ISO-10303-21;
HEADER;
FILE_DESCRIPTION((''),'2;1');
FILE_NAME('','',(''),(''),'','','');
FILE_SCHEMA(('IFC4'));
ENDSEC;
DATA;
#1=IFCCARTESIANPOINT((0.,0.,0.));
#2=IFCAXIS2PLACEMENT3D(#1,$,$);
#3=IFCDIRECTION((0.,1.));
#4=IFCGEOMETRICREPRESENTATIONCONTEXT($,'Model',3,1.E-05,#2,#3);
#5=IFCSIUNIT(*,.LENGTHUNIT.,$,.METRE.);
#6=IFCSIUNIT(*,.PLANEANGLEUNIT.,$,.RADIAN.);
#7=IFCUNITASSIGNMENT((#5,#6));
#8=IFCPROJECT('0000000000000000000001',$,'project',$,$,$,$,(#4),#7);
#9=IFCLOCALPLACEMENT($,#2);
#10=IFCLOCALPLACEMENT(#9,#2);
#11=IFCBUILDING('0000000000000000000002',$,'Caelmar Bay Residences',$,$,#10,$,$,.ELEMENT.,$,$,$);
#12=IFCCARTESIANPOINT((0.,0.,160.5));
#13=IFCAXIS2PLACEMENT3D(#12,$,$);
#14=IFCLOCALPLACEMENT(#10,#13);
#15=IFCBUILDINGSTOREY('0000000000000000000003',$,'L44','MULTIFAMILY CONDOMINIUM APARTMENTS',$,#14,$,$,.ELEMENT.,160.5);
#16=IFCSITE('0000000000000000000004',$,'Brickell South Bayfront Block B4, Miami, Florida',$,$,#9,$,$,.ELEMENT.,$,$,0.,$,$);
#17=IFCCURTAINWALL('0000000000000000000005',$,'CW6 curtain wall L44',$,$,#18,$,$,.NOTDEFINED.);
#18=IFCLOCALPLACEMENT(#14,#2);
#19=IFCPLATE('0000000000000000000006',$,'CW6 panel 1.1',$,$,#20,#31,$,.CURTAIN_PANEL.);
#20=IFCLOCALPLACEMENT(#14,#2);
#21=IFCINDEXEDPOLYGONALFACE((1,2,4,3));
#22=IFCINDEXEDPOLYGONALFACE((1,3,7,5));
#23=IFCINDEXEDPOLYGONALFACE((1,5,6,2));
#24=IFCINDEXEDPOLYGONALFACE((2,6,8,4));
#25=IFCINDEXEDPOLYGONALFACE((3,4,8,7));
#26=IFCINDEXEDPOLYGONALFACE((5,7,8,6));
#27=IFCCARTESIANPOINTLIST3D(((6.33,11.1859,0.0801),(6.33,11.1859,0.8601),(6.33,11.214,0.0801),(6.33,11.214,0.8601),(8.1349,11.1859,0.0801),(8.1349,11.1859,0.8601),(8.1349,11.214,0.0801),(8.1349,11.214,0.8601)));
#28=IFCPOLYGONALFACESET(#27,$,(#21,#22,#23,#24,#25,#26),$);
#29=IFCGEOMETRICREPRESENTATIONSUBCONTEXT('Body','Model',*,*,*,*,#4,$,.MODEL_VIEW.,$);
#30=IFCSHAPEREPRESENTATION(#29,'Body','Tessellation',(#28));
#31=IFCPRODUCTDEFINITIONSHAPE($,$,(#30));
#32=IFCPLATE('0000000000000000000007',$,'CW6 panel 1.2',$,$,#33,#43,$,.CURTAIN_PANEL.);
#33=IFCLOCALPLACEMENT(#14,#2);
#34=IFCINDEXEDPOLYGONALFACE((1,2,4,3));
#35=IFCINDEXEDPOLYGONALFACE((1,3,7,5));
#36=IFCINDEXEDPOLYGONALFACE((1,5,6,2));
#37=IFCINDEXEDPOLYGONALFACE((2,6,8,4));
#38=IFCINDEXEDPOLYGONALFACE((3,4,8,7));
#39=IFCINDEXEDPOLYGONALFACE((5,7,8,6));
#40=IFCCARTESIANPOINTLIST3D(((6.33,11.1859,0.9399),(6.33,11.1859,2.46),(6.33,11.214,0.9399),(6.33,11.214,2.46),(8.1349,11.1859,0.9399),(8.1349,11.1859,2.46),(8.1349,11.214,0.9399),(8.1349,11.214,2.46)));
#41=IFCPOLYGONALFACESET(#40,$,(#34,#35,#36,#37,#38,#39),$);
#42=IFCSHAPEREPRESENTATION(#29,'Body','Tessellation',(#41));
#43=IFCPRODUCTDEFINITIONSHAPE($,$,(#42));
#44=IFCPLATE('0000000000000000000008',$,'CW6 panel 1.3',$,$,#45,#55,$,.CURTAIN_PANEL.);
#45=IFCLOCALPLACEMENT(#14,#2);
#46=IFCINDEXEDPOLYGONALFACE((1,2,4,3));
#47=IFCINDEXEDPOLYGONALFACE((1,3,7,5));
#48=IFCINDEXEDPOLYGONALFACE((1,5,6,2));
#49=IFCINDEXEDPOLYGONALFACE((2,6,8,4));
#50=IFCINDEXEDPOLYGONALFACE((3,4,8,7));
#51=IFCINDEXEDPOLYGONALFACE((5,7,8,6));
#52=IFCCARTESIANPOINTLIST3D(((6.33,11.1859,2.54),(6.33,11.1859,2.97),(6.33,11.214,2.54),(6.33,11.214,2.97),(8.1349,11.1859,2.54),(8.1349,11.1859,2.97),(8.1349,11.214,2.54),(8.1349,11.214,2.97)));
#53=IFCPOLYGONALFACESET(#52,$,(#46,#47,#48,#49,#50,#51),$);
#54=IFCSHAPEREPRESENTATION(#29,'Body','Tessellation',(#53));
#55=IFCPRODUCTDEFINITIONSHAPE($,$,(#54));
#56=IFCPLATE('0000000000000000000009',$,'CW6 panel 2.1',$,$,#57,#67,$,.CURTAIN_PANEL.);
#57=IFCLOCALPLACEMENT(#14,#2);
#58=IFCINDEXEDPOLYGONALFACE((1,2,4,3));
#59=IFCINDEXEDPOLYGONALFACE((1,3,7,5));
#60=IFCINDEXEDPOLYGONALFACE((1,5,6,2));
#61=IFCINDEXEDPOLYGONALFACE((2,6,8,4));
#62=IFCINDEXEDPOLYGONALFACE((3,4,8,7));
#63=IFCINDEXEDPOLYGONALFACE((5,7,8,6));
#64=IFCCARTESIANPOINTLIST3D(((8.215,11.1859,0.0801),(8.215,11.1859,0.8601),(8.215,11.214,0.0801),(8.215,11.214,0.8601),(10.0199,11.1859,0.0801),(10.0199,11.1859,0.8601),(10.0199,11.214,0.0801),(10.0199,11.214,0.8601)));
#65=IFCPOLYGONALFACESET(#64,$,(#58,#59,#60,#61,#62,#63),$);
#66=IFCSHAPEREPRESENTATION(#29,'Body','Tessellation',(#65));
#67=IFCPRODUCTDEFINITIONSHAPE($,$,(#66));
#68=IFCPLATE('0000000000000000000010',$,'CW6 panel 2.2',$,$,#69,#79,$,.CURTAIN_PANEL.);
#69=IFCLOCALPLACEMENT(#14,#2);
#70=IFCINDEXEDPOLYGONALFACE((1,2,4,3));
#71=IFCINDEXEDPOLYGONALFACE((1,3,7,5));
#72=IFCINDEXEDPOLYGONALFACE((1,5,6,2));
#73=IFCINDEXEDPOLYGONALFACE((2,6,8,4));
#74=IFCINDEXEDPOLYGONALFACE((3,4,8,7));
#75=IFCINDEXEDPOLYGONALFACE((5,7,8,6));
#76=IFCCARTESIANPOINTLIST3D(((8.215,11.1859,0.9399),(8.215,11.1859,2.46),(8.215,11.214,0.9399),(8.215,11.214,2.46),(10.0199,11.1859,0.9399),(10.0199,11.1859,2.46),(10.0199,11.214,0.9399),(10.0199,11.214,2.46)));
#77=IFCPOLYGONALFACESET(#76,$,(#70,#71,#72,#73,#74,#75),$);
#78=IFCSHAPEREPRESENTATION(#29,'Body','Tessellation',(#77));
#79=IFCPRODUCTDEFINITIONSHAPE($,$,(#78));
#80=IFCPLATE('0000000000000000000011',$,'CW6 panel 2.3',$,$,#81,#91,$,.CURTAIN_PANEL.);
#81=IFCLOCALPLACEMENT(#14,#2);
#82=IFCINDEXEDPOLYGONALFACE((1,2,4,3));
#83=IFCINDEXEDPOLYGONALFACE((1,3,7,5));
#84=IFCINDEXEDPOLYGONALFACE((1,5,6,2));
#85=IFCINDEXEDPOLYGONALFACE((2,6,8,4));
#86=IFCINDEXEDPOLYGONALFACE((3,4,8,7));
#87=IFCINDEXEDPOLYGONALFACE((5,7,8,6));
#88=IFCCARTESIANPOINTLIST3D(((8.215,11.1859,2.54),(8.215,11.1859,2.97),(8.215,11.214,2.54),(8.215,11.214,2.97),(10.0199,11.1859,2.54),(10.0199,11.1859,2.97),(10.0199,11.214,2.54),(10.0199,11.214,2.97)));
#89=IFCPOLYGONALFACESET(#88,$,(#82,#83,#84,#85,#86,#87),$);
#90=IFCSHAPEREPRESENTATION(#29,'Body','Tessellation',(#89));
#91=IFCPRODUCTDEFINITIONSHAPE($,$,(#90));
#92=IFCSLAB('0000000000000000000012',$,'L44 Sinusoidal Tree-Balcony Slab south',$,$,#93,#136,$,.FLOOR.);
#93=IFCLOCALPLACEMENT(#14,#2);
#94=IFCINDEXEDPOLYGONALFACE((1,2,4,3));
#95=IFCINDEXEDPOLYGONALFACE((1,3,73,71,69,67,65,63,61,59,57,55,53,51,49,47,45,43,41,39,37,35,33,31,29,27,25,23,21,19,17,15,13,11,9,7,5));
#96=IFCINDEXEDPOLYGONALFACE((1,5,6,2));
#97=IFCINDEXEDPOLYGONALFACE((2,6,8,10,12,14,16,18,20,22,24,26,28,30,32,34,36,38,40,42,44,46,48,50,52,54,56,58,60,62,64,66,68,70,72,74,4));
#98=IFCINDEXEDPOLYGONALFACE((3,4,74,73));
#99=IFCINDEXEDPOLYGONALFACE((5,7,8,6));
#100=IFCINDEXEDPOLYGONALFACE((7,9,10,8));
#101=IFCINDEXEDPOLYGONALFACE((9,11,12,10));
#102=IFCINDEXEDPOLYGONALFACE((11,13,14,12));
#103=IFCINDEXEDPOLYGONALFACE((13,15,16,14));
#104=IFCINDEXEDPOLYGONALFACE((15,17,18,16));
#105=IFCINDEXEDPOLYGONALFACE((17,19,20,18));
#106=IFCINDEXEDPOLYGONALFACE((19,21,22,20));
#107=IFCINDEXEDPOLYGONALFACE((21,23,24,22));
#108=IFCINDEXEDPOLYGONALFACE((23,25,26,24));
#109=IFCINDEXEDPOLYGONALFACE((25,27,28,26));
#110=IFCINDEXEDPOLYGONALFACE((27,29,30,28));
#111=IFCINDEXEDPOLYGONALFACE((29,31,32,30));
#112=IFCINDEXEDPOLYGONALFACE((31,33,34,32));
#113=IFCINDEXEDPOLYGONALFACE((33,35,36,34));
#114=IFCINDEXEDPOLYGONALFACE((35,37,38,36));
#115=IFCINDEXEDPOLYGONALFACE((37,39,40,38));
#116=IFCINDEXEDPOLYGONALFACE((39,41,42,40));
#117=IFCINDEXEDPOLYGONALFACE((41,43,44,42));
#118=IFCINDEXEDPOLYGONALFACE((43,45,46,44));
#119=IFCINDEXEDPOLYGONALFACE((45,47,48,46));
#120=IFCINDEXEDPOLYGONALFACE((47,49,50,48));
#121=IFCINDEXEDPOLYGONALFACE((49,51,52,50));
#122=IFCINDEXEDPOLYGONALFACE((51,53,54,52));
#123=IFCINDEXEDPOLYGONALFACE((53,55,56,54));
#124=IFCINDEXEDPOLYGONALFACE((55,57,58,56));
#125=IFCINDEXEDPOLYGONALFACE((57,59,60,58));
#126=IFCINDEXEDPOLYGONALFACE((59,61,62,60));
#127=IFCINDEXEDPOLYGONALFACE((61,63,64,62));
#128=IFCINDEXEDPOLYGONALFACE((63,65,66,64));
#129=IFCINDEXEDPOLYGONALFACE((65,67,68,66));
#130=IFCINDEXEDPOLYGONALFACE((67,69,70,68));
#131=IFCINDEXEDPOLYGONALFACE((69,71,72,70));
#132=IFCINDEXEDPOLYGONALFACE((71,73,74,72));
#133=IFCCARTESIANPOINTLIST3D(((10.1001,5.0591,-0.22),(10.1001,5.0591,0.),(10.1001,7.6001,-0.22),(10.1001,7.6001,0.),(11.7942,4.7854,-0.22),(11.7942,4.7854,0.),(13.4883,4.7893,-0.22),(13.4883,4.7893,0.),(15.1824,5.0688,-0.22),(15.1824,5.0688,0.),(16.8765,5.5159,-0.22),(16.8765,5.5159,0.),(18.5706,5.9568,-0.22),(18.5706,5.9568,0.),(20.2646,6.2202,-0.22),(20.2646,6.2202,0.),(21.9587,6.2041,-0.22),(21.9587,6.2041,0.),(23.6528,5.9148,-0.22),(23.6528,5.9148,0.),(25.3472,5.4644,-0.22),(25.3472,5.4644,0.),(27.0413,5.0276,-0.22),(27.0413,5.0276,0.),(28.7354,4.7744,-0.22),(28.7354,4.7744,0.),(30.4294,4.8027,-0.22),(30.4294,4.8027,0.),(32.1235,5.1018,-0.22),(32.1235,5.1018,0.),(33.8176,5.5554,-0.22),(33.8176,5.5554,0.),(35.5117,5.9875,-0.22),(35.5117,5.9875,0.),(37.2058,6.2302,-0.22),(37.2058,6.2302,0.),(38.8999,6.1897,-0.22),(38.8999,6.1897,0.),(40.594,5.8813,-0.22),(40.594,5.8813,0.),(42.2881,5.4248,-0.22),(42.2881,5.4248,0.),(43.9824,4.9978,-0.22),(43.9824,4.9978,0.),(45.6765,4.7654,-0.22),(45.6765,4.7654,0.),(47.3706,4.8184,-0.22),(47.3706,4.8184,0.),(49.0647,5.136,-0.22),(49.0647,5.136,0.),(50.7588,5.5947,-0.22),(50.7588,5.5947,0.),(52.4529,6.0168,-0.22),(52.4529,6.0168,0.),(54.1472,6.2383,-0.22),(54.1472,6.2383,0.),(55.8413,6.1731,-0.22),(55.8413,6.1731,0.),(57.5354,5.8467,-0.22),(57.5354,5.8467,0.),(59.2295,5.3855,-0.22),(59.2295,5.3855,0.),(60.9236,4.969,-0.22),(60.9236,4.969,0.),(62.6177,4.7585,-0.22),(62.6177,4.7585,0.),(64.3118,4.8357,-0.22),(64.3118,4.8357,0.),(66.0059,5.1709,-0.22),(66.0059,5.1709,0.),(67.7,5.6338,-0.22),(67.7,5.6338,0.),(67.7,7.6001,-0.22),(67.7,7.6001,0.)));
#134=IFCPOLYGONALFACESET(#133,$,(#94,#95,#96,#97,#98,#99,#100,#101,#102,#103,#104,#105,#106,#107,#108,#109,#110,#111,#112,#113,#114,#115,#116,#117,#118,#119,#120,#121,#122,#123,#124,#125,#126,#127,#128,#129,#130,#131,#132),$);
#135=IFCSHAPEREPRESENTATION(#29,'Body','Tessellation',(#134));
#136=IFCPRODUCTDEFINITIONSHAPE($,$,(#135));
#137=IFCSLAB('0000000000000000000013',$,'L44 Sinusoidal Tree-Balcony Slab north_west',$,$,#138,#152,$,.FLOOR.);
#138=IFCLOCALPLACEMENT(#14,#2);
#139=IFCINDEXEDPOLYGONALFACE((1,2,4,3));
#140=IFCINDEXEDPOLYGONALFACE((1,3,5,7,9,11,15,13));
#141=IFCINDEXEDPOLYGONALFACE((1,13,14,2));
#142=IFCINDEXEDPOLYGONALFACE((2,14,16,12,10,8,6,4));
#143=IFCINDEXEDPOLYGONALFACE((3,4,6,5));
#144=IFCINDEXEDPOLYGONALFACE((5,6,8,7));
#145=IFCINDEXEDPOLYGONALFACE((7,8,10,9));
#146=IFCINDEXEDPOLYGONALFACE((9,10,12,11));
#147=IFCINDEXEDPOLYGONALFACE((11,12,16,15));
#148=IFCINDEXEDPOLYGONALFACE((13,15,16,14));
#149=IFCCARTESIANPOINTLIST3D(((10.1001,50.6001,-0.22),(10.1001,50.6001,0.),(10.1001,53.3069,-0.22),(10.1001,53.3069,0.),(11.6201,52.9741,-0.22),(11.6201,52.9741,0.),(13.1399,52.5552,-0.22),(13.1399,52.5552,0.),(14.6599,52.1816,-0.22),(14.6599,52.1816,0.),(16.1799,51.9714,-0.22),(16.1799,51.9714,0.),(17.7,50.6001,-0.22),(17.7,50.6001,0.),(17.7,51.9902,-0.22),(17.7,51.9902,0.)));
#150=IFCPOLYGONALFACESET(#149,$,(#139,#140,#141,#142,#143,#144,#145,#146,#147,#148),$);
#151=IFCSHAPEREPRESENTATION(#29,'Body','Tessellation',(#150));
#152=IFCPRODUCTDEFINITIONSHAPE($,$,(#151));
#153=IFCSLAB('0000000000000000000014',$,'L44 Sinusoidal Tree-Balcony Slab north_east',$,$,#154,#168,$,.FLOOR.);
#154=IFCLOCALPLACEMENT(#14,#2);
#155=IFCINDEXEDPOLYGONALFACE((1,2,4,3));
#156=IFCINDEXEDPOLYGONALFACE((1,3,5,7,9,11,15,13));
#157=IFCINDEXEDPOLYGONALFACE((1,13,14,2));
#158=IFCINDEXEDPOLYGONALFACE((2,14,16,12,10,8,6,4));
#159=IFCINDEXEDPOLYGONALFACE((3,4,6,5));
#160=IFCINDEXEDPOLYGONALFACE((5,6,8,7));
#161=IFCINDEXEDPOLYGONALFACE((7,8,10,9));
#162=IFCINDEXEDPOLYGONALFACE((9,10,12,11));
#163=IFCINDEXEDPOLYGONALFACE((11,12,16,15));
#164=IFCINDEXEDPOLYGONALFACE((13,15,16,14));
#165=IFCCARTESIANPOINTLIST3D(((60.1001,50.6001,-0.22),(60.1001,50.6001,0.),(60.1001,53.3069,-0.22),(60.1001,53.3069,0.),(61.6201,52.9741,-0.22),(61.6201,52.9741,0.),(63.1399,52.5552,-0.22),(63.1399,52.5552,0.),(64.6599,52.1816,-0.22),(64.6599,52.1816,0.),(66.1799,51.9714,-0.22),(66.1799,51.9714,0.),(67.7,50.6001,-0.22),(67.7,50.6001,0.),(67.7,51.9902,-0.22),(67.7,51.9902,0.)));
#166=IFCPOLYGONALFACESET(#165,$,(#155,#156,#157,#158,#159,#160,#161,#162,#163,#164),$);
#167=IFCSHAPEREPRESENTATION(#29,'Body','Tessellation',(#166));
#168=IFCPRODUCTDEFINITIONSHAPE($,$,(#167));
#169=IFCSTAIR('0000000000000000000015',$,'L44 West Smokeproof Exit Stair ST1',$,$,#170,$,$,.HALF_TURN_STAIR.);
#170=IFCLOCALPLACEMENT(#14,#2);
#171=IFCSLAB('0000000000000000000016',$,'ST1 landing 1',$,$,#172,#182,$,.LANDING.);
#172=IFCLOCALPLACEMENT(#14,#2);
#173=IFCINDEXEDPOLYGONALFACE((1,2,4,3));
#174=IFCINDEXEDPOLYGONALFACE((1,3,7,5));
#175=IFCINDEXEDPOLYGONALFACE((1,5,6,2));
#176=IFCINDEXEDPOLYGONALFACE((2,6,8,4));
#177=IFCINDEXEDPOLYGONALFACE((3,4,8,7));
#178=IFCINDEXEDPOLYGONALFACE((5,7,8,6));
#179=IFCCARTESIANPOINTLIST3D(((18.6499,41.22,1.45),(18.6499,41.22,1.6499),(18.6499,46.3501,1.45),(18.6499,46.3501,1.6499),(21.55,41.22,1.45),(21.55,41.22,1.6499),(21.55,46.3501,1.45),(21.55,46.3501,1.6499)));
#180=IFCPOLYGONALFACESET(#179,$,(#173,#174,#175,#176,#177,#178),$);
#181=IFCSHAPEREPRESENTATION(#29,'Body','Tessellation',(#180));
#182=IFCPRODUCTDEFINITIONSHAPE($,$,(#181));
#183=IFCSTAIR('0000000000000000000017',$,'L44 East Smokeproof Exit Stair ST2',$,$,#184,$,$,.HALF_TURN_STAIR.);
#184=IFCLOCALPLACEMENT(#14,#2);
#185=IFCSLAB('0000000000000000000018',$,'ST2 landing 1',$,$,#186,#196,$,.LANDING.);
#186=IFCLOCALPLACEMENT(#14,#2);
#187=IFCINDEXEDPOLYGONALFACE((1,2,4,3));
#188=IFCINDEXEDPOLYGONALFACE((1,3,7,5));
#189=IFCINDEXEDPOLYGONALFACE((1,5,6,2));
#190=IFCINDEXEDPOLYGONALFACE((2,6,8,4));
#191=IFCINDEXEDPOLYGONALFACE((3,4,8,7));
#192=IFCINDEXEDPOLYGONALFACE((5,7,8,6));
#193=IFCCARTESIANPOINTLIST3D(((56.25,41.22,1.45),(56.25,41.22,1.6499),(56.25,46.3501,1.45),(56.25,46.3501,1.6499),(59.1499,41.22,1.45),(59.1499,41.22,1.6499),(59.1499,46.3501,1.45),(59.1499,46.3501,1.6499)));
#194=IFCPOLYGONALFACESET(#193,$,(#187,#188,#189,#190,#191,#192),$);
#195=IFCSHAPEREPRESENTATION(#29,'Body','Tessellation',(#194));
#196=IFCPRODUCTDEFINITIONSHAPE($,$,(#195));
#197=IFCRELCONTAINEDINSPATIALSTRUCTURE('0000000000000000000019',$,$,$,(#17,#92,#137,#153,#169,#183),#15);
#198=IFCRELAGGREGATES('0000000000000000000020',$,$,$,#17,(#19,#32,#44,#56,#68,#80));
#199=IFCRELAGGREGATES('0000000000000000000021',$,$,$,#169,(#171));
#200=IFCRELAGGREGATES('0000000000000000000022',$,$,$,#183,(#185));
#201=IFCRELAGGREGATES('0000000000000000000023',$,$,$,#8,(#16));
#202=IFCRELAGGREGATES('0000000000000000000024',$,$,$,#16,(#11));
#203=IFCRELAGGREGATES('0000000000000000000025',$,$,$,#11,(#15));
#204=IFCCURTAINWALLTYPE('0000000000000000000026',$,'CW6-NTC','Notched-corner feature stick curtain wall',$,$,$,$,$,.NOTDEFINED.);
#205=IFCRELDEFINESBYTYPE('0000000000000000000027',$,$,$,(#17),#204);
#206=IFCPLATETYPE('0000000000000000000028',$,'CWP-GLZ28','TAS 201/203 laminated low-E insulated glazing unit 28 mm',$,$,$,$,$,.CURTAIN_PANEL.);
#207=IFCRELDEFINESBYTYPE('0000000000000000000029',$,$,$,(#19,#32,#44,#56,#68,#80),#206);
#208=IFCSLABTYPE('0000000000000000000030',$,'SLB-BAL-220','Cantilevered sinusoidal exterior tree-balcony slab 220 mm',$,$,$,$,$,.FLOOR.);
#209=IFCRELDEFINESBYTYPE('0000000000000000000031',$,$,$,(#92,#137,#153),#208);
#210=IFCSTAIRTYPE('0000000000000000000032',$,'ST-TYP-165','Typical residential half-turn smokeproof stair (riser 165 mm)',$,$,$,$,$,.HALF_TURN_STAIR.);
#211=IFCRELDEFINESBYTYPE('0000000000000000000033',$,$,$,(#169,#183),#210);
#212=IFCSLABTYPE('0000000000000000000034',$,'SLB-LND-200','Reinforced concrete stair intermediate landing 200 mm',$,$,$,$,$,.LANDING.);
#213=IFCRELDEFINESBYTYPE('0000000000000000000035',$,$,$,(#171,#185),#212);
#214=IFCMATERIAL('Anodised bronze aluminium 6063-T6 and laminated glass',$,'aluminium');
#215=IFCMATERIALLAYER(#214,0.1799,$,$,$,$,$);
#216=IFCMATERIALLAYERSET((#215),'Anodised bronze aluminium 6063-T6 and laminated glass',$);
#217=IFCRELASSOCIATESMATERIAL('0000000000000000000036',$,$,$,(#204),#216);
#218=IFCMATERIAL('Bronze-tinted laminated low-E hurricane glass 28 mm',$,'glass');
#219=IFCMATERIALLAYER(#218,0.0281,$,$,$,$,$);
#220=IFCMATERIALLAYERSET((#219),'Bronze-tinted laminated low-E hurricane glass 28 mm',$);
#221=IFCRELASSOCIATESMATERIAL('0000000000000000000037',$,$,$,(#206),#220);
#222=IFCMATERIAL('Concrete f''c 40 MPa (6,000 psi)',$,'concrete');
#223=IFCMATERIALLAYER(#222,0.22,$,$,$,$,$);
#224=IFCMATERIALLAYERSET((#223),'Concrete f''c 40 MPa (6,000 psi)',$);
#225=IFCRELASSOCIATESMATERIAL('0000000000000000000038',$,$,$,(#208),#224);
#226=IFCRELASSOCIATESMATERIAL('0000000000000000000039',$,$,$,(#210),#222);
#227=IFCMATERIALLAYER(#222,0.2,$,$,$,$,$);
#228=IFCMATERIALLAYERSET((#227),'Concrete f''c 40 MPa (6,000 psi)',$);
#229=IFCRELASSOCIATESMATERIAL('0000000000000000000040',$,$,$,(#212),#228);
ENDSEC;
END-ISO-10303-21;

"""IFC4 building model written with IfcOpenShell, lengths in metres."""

from ifc_helpers import new_model, si_unit, direction, frame, origin, origin_2d, place, context, subcontext, project, spatial, polyline, rectangle, outline, extrude, material, layer, layer_set, type_object, element, aggregate, save


model = new_model("IFC4")

# Units and contexts
model_context = context("Model", 3, precision=1e-05, world=origin(), true_north=direction((0.0, 1.0)))
body_context = subcontext(model_context, "Body", "Model", "MODEL_VIEW")
ifc_project = project(units=[si_unit("LENGTHUNIT", "METRE"), si_unit("PLANEANGLEUNIT", "RADIAN")], contexts=[model_context])

# Site, building, storey
site_placement = place(None, origin())
site = spatial("IfcSite", under=ifc_project, at=site_placement, Name="Brickell South Bayfront Block B4, Miami, Florida", CompositionType="ELEMENT", RefElevation=0.0)
building_placement = place(site_placement, origin())
building = spatial("IfcBuilding", under=site, at=building_placement, Name="Caelmar Bay Residences", CompositionType="ELEMENT")
storey_placement = place(building_placement, frame((0.0, 0.0, 160.5)))
storey = spatial("IfcBuildingStorey", under=building, at=storey_placement, Name="L44", Description="MULTIFAMILY CONDOMINIUM APARTMENTS", CompositionType="ELEMENT", Elevation=160.5)

# Curtain wall
ifc_material_1 = material(Name="Anodised bronze aluminium 6063-T6 and laminated glass", Category="aluminium")
ifc_layer_1 = layer(ifc_material_1, 0.1799)
ifc_layer_set_1 = layer_set([ifc_layer_1], Name="Anodised bronze aluminium 6063-T6 and laminated glass")
curtain_wall_type_1 = type_object("IfcCurtainWallType", Name="CW6-NTC", Description="Notched-corner feature stick curtain wall", PredefinedType="NOTDEFINED", material=ifc_layer_set_1)
curtain_wall_1_placement = place(storey_placement, origin())
curtain_wall_1 = element("IfcCurtainWall", 1, at=curtain_wall_1_placement, inside=storey, type_object=curtain_wall_type_1, Name="CW6 curtain wall L44", PredefinedType="NOTDEFINED")

# Plates
ifc_material_2 = material(Name="Bronze-tinted laminated low-E hurricane glass 28 mm", Category="glass")
ifc_layer_2 = layer(ifc_material_2, 0.0281)
ifc_layer_set_2 = layer_set([ifc_layer_2], Name="Bronze-tinted laminated low-E hurricane glass 28 mm")
plate_type = type_object("IfcPlateType", Name="CWP-GLZ28", Description="TAS 201/203 laminated low-E insulated glazing unit 28 mm", PredefinedType="CURTAIN_PANEL", material=ifc_layer_set_2)
plate_1_placement = place(storey_placement, frame((7.2324, 11.2, 0.0801), z_axis=(0.0, 0.0, 1.0), x_axis=(1.0, 0.0, 0.0)))
plate_1 = element("IfcPlate", 2, at=plate_1_placement, type_object=plate_type, Name="CW6 panel 1.1", PredefinedType="CURTAIN_PANEL", context=body_context, shape_type="SweptSolid", body=[
    extrude(rectangle(XDim=1.8049, YDim=0.0281, at=origin_2d()), origin(), (0.0, 0.0, 1.0), 0.78),
])
plate_2_placement = place(storey_placement, frame((7.2324, 11.2, 0.9399), z_axis=(0.0, 0.0, 1.0), x_axis=(1.0, 0.0, 0.0)))
plate_2 = element("IfcPlate", 3, at=plate_2_placement, type_object=plate_type, Name="CW6 panel 1.2", PredefinedType="CURTAIN_PANEL", context=body_context, shape_type="SweptSolid", body=[
    extrude(rectangle(XDim=1.8049, YDim=0.0281, at=origin_2d()), origin(), (0.0, 0.0, 1.0), 1.52),
])
plate_3_placement = place(storey_placement, frame((7.2324, 11.2, 2.54), z_axis=(0.0, 0.0, 1.0), x_axis=(1.0, 0.0, 0.0)))
plate_3 = element("IfcPlate", 4, at=plate_3_placement, type_object=plate_type, Name="CW6 panel 1.3", PredefinedType="CURTAIN_PANEL", context=body_context, shape_type="SweptSolid", body=[
    extrude(rectangle(XDim=1.8049, YDim=0.0281, at=origin_2d()), origin(), (0.0, 0.0, 1.0), 0.4299),
])
plate_4_placement = place(storey_placement, frame((9.1174, 11.2, 0.0801), z_axis=(0.0, 0.0, 1.0), x_axis=(1.0, 0.0, 0.0)))
plate_4 = element("IfcPlate", 5, at=plate_4_placement, type_object=plate_type, Name="CW6 panel 2.1", PredefinedType="CURTAIN_PANEL", context=body_context, shape_type="SweptSolid", body=[
    extrude(rectangle(XDim=1.8049, YDim=0.0281, at=origin_2d()), origin(), (0.0, 0.0, 1.0), 0.78),
])
plate_5_placement = place(storey_placement, frame((9.1174, 11.2, 0.9399), z_axis=(0.0, 0.0, 1.0), x_axis=(1.0, 0.0, 0.0)))
plate_5 = element("IfcPlate", 6, at=plate_5_placement, type_object=plate_type, Name="CW6 panel 2.2", PredefinedType="CURTAIN_PANEL", context=body_context, shape_type="SweptSolid", body=[
    extrude(rectangle(XDim=1.8049, YDim=0.0281, at=origin_2d()), origin(), (0.0, 0.0, 1.0), 1.52),
])
plate_6_placement = place(storey_placement, frame((9.1174, 11.2, 2.54), z_axis=(0.0, 0.0, 1.0), x_axis=(1.0, 0.0, 0.0)))
plate_6 = element("IfcPlate", 7, at=plate_6_placement, type_object=plate_type, Name="CW6 panel 2.3", PredefinedType="CURTAIN_PANEL", context=body_context, shape_type="SweptSolid", body=[
    extrude(rectangle(XDim=1.8049, YDim=0.0281, at=origin_2d()), origin(), (0.0, 0.0, 1.0), 0.4299),
])
aggregate(curtain_wall_1, [plate_1, plate_2, plate_3, plate_4, plate_5, plate_6])

# Slabs
ifc_material_3 = material(Name="Concrete f'c 40 MPa (6,000 psi)", Category="concrete")
ifc_layer_3 = layer(ifc_material_3, 0.22)
ifc_layer_set_3 = layer_set([ifc_layer_3], Name="Concrete f'c 40 MPa (6,000 psi)")
slab_type_1 = type_object("IfcSlabType", Name="SLB-BAL-220", Description="Cantilevered sinusoidal exterior tree-balcony slab 220 mm", PredefinedType="FLOOR", material=ifc_layer_set_3)
slab_1_placement = place(storey_placement, frame((0.0, 0.0, -0.22)))
element("IfcSlab", 8, at=slab_1_placement, inside=storey, type_object=slab_type_1, Name="L44 Sinusoidal Tree-Balcony Slab south", PredefinedType="FLOOR", context=body_context, shape_type="SweptSolid", body=[
    extrude(outline(polyline([(10.1001, 5.0591), (11.7942, 4.7854), (13.4883, 4.7893), (15.1824, 5.0688), (16.8765, 5.5159), (18.5706, 5.9568), (20.2646, 6.2202), (21.9587, 6.2041), (23.6528, 5.9148), (25.3472, 5.4644), (27.0413, 5.0276), (28.7354, 4.7744), (30.4294, 4.8027), (32.1235, 5.1018), (33.8176, 5.5554), (35.5117, 5.9875), (37.2058, 6.2302), (38.8999, 6.1897), (40.594, 5.8813), (42.2881, 5.4248), (43.9824, 4.9978), (45.6765, 4.7654), (47.3706, 4.8184), (49.0647, 5.136), (50.7588, 5.5947), (52.4529, 6.0168), (54.1472, 6.2383), (55.8413, 6.1731), (57.5354, 5.8467), (59.2295, 5.3855), (60.9236, 4.969), (62.6177, 4.7585), (64.3118, 4.8357), (66.0059, 5.1709), (67.7, 5.6338), (67.7, 7.6001), (10.1001, 7.6001), (10.1001, 5.0591)])), origin(), (0.0, 0.0, 1.0), 0.22),
])
slab_2_placement = place(storey_placement, frame((0.0, 0.0, -0.22)))
element("IfcSlab", 9, at=slab_2_placement, inside=storey, type_object=slab_type_1, Name="L44 Sinusoidal Tree-Balcony Slab north_west", PredefinedType="FLOOR", context=body_context, shape_type="SweptSolid", body=[
    extrude(outline(polyline([(10.1001, 50.6001), (17.7, 50.6001), (17.7, 51.9902), (16.1799, 51.9714), (14.6599, 52.1816), (13.1399, 52.5552), (11.6201, 52.9741), (10.1001, 53.3069), (10.1001, 50.6001)])), origin(), (0.0, 0.0, 1.0), 0.22),
])
slab_3_placement = place(storey_placement, frame((0.0, 0.0, -0.22)))
element("IfcSlab", 10, at=slab_3_placement, inside=storey, type_object=slab_type_1, Name="L44 Sinusoidal Tree-Balcony Slab north_east", PredefinedType="FLOOR", context=body_context, shape_type="SweptSolid", body=[
    extrude(outline(polyline([(60.1001, 50.6001), (67.7, 50.6001), (67.7, 51.9902), (66.1799, 51.9714), (64.6599, 52.1816), (63.1399, 52.5552), (61.6201, 52.9741), (60.1001, 53.3069), (60.1001, 50.6001)])), origin(), (0.0, 0.0, 1.0), 0.22),
])

# Stairs, slabs
stair_type = type_object("IfcStairType", Name="ST-TYP-165", Description="Typical residential half-turn smokeproof stair (riser 165 mm)", PredefinedType="HALF_TURN_STAIR", material=ifc_material_3)
stair_1_placement = place(storey_placement, origin())
stair_1 = element("IfcStair", 11, at=stair_1_placement, inside=storey, type_object=stair_type, Name="L44 West Smokeproof Exit Stair ST1", PredefinedType="HALF_TURN_STAIR")
ifc_layer_4 = layer(ifc_material_3, 0.2)
ifc_layer_set_4 = layer_set([ifc_layer_4], Name="Concrete f'c 40 MPa (6,000 psi)")
slab_type_2 = type_object("IfcSlabType", Name="SLB-LND-200", Description="Reinforced concrete stair intermediate landing 200 mm", PredefinedType="LANDING", material=ifc_layer_set_4)
slab_4_placement = place(storey_placement, frame((0.0, 0.0, 1.45)))
slab_4 = element("IfcSlab", 12, at=slab_4_placement, type_object=slab_type_2, Name="ST1 landing 1", PredefinedType="LANDING", context=body_context, shape_type="SweptSolid", body=[
    extrude(outline(polyline([(21.55, 41.22), (21.55, 46.3501), (18.6499, 46.3501), (18.6499, 41.22), (21.55, 41.22)])), origin(), (0.0, 0.0, 1.0), 0.2),
])
aggregate(stair_1, [slab_4])
stair_2_placement = place(storey_placement, origin())
stair_2 = element("IfcStair", 13, at=stair_2_placement, inside=storey, type_object=stair_type, Name="L44 East Smokeproof Exit Stair ST2", PredefinedType="HALF_TURN_STAIR")
slab_5_placement = place(storey_placement, frame((0.0, 0.0, 1.45)))
slab_5 = element("IfcSlab", 14, at=slab_5_placement, type_object=slab_type_2, Name="ST2 landing 1", PredefinedType="LANDING", context=body_context, shape_type="SweptSolid", body=[
    extrude(outline(polyline([(59.1499, 41.22), (59.1499, 46.3501), (56.25, 46.3501), (56.25, 41.22), (59.1499, 41.22)])), origin(), (0.0, 0.0, 1.0), 0.2),
])
aggregate(stair_2, [slab_5])

save(model, "model.ifc")
